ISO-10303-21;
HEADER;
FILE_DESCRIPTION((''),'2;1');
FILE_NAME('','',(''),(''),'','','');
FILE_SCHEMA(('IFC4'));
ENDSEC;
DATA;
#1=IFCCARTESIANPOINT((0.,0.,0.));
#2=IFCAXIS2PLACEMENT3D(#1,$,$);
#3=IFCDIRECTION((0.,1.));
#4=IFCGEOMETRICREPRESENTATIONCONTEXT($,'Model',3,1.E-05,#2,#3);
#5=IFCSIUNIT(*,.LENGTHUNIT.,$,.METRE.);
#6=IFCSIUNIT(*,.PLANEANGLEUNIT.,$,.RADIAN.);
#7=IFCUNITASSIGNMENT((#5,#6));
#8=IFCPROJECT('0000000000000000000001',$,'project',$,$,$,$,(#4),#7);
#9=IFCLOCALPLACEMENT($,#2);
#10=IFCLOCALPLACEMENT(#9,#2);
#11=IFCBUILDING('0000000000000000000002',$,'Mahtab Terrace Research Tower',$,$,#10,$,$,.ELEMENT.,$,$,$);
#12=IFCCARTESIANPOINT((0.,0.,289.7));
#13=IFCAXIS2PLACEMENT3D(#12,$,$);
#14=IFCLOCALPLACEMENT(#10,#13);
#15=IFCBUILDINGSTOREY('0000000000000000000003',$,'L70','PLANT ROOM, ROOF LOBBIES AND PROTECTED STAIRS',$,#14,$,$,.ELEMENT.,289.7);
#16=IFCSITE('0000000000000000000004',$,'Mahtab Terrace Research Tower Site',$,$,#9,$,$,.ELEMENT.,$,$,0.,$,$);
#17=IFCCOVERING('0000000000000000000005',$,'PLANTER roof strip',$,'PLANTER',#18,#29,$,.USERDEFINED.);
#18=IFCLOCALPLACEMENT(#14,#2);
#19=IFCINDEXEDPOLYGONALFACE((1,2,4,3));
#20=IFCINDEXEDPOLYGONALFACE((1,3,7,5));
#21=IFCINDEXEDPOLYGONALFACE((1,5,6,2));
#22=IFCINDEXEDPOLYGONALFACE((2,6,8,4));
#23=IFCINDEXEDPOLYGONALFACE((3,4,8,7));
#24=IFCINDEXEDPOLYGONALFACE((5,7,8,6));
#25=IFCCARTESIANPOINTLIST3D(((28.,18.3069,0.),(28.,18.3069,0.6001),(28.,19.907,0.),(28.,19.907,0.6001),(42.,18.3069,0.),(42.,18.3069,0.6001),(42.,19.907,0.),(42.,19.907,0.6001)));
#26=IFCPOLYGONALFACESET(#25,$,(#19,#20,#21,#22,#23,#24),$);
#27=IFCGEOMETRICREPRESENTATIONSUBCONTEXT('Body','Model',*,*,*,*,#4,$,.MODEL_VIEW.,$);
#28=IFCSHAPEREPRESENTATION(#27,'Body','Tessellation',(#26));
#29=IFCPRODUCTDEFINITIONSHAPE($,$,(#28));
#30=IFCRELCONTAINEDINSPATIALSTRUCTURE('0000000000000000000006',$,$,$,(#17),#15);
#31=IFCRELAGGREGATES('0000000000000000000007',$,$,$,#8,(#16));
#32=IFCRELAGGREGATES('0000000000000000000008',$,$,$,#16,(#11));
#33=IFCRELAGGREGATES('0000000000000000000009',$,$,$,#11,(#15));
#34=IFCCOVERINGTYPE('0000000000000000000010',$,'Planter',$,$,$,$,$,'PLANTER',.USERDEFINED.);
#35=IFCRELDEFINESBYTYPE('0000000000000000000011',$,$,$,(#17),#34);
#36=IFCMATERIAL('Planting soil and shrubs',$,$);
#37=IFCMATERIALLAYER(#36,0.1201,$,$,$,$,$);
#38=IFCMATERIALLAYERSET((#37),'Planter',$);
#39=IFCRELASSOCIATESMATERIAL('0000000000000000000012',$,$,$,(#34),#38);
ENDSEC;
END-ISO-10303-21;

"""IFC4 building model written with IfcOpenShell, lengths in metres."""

from ifc_helpers import new_model, si_unit, direction, frame, origin, origin_2d, place, context, subcontext, project, spatial, rectangle, extrude, material, layer, layer_set, type_object, element, save


model = new_model("IFC4")

# Units and contexts
model_context = context("Model", 3, precision=1e-05, world=origin(), true_north=direction((0.0, 1.0)))
body_context = subcontext(model_context, "Body", "Model", "MODEL_VIEW")
ifc_project = project(units=[si_unit("LENGTHUNIT", "METRE"), si_unit("PLANEANGLEUNIT", "RADIAN")], contexts=[model_context])

# Site, building, storey
site_placement = place(None, origin())
site = spatial("IfcSite", under=ifc_project, at=site_placement, Name="Mahtab Terrace Research Tower Site", CompositionType="ELEMENT", RefElevation=0.0)
building_placement = place(site_placement, origin())
building = spatial("IfcBuilding", under=site, at=building_placement, Name="Mahtab Terrace Research Tower", CompositionType="ELEMENT")
storey_placement = place(building_placement, frame((0.0, 0.0, 289.7)))
storey = spatial("IfcBuildingStorey", under=building, at=storey_placement, Name="L70", Description="PLANT ROOM, ROOF LOBBIES AND PROTECTED STAIRS", CompositionType="ELEMENT", Elevation=289.7)

# Covering
ifc_material_1 = material(Name="Planting soil and shrubs")
ifc_layer_1 = layer(ifc_material_1, 0.1201)
ifc_layer_set_1 = layer_set([ifc_layer_1], Name="Planter")
covering_type_1 = type_object("IfcCoveringType", Name="Planter", ElementType="PLANTER", PredefinedType="USERDEFINED", material=ifc_layer_set_1)
covering_placement = place(storey_placement, frame((35.0, 19.1069, 0.0), z_axis=(0.0, 0.0, 1.0), x_axis=(1.0, 0.0, 0.0)))
element("IfcCovering", 1, at=covering_placement, inside=storey, type_object=covering_type_1, Name="PLANTER roof strip", ObjectType="PLANTER", PredefinedType="USERDEFINED", context=body_context, shape_type="SweptSolid", body=[
    extrude(rectangle(XDim=14.0, YDim=1.6001, at=origin_2d()), origin(), (0.0, 0.0, 1.0), 0.6001),
])

save(model, "model.ifc")
